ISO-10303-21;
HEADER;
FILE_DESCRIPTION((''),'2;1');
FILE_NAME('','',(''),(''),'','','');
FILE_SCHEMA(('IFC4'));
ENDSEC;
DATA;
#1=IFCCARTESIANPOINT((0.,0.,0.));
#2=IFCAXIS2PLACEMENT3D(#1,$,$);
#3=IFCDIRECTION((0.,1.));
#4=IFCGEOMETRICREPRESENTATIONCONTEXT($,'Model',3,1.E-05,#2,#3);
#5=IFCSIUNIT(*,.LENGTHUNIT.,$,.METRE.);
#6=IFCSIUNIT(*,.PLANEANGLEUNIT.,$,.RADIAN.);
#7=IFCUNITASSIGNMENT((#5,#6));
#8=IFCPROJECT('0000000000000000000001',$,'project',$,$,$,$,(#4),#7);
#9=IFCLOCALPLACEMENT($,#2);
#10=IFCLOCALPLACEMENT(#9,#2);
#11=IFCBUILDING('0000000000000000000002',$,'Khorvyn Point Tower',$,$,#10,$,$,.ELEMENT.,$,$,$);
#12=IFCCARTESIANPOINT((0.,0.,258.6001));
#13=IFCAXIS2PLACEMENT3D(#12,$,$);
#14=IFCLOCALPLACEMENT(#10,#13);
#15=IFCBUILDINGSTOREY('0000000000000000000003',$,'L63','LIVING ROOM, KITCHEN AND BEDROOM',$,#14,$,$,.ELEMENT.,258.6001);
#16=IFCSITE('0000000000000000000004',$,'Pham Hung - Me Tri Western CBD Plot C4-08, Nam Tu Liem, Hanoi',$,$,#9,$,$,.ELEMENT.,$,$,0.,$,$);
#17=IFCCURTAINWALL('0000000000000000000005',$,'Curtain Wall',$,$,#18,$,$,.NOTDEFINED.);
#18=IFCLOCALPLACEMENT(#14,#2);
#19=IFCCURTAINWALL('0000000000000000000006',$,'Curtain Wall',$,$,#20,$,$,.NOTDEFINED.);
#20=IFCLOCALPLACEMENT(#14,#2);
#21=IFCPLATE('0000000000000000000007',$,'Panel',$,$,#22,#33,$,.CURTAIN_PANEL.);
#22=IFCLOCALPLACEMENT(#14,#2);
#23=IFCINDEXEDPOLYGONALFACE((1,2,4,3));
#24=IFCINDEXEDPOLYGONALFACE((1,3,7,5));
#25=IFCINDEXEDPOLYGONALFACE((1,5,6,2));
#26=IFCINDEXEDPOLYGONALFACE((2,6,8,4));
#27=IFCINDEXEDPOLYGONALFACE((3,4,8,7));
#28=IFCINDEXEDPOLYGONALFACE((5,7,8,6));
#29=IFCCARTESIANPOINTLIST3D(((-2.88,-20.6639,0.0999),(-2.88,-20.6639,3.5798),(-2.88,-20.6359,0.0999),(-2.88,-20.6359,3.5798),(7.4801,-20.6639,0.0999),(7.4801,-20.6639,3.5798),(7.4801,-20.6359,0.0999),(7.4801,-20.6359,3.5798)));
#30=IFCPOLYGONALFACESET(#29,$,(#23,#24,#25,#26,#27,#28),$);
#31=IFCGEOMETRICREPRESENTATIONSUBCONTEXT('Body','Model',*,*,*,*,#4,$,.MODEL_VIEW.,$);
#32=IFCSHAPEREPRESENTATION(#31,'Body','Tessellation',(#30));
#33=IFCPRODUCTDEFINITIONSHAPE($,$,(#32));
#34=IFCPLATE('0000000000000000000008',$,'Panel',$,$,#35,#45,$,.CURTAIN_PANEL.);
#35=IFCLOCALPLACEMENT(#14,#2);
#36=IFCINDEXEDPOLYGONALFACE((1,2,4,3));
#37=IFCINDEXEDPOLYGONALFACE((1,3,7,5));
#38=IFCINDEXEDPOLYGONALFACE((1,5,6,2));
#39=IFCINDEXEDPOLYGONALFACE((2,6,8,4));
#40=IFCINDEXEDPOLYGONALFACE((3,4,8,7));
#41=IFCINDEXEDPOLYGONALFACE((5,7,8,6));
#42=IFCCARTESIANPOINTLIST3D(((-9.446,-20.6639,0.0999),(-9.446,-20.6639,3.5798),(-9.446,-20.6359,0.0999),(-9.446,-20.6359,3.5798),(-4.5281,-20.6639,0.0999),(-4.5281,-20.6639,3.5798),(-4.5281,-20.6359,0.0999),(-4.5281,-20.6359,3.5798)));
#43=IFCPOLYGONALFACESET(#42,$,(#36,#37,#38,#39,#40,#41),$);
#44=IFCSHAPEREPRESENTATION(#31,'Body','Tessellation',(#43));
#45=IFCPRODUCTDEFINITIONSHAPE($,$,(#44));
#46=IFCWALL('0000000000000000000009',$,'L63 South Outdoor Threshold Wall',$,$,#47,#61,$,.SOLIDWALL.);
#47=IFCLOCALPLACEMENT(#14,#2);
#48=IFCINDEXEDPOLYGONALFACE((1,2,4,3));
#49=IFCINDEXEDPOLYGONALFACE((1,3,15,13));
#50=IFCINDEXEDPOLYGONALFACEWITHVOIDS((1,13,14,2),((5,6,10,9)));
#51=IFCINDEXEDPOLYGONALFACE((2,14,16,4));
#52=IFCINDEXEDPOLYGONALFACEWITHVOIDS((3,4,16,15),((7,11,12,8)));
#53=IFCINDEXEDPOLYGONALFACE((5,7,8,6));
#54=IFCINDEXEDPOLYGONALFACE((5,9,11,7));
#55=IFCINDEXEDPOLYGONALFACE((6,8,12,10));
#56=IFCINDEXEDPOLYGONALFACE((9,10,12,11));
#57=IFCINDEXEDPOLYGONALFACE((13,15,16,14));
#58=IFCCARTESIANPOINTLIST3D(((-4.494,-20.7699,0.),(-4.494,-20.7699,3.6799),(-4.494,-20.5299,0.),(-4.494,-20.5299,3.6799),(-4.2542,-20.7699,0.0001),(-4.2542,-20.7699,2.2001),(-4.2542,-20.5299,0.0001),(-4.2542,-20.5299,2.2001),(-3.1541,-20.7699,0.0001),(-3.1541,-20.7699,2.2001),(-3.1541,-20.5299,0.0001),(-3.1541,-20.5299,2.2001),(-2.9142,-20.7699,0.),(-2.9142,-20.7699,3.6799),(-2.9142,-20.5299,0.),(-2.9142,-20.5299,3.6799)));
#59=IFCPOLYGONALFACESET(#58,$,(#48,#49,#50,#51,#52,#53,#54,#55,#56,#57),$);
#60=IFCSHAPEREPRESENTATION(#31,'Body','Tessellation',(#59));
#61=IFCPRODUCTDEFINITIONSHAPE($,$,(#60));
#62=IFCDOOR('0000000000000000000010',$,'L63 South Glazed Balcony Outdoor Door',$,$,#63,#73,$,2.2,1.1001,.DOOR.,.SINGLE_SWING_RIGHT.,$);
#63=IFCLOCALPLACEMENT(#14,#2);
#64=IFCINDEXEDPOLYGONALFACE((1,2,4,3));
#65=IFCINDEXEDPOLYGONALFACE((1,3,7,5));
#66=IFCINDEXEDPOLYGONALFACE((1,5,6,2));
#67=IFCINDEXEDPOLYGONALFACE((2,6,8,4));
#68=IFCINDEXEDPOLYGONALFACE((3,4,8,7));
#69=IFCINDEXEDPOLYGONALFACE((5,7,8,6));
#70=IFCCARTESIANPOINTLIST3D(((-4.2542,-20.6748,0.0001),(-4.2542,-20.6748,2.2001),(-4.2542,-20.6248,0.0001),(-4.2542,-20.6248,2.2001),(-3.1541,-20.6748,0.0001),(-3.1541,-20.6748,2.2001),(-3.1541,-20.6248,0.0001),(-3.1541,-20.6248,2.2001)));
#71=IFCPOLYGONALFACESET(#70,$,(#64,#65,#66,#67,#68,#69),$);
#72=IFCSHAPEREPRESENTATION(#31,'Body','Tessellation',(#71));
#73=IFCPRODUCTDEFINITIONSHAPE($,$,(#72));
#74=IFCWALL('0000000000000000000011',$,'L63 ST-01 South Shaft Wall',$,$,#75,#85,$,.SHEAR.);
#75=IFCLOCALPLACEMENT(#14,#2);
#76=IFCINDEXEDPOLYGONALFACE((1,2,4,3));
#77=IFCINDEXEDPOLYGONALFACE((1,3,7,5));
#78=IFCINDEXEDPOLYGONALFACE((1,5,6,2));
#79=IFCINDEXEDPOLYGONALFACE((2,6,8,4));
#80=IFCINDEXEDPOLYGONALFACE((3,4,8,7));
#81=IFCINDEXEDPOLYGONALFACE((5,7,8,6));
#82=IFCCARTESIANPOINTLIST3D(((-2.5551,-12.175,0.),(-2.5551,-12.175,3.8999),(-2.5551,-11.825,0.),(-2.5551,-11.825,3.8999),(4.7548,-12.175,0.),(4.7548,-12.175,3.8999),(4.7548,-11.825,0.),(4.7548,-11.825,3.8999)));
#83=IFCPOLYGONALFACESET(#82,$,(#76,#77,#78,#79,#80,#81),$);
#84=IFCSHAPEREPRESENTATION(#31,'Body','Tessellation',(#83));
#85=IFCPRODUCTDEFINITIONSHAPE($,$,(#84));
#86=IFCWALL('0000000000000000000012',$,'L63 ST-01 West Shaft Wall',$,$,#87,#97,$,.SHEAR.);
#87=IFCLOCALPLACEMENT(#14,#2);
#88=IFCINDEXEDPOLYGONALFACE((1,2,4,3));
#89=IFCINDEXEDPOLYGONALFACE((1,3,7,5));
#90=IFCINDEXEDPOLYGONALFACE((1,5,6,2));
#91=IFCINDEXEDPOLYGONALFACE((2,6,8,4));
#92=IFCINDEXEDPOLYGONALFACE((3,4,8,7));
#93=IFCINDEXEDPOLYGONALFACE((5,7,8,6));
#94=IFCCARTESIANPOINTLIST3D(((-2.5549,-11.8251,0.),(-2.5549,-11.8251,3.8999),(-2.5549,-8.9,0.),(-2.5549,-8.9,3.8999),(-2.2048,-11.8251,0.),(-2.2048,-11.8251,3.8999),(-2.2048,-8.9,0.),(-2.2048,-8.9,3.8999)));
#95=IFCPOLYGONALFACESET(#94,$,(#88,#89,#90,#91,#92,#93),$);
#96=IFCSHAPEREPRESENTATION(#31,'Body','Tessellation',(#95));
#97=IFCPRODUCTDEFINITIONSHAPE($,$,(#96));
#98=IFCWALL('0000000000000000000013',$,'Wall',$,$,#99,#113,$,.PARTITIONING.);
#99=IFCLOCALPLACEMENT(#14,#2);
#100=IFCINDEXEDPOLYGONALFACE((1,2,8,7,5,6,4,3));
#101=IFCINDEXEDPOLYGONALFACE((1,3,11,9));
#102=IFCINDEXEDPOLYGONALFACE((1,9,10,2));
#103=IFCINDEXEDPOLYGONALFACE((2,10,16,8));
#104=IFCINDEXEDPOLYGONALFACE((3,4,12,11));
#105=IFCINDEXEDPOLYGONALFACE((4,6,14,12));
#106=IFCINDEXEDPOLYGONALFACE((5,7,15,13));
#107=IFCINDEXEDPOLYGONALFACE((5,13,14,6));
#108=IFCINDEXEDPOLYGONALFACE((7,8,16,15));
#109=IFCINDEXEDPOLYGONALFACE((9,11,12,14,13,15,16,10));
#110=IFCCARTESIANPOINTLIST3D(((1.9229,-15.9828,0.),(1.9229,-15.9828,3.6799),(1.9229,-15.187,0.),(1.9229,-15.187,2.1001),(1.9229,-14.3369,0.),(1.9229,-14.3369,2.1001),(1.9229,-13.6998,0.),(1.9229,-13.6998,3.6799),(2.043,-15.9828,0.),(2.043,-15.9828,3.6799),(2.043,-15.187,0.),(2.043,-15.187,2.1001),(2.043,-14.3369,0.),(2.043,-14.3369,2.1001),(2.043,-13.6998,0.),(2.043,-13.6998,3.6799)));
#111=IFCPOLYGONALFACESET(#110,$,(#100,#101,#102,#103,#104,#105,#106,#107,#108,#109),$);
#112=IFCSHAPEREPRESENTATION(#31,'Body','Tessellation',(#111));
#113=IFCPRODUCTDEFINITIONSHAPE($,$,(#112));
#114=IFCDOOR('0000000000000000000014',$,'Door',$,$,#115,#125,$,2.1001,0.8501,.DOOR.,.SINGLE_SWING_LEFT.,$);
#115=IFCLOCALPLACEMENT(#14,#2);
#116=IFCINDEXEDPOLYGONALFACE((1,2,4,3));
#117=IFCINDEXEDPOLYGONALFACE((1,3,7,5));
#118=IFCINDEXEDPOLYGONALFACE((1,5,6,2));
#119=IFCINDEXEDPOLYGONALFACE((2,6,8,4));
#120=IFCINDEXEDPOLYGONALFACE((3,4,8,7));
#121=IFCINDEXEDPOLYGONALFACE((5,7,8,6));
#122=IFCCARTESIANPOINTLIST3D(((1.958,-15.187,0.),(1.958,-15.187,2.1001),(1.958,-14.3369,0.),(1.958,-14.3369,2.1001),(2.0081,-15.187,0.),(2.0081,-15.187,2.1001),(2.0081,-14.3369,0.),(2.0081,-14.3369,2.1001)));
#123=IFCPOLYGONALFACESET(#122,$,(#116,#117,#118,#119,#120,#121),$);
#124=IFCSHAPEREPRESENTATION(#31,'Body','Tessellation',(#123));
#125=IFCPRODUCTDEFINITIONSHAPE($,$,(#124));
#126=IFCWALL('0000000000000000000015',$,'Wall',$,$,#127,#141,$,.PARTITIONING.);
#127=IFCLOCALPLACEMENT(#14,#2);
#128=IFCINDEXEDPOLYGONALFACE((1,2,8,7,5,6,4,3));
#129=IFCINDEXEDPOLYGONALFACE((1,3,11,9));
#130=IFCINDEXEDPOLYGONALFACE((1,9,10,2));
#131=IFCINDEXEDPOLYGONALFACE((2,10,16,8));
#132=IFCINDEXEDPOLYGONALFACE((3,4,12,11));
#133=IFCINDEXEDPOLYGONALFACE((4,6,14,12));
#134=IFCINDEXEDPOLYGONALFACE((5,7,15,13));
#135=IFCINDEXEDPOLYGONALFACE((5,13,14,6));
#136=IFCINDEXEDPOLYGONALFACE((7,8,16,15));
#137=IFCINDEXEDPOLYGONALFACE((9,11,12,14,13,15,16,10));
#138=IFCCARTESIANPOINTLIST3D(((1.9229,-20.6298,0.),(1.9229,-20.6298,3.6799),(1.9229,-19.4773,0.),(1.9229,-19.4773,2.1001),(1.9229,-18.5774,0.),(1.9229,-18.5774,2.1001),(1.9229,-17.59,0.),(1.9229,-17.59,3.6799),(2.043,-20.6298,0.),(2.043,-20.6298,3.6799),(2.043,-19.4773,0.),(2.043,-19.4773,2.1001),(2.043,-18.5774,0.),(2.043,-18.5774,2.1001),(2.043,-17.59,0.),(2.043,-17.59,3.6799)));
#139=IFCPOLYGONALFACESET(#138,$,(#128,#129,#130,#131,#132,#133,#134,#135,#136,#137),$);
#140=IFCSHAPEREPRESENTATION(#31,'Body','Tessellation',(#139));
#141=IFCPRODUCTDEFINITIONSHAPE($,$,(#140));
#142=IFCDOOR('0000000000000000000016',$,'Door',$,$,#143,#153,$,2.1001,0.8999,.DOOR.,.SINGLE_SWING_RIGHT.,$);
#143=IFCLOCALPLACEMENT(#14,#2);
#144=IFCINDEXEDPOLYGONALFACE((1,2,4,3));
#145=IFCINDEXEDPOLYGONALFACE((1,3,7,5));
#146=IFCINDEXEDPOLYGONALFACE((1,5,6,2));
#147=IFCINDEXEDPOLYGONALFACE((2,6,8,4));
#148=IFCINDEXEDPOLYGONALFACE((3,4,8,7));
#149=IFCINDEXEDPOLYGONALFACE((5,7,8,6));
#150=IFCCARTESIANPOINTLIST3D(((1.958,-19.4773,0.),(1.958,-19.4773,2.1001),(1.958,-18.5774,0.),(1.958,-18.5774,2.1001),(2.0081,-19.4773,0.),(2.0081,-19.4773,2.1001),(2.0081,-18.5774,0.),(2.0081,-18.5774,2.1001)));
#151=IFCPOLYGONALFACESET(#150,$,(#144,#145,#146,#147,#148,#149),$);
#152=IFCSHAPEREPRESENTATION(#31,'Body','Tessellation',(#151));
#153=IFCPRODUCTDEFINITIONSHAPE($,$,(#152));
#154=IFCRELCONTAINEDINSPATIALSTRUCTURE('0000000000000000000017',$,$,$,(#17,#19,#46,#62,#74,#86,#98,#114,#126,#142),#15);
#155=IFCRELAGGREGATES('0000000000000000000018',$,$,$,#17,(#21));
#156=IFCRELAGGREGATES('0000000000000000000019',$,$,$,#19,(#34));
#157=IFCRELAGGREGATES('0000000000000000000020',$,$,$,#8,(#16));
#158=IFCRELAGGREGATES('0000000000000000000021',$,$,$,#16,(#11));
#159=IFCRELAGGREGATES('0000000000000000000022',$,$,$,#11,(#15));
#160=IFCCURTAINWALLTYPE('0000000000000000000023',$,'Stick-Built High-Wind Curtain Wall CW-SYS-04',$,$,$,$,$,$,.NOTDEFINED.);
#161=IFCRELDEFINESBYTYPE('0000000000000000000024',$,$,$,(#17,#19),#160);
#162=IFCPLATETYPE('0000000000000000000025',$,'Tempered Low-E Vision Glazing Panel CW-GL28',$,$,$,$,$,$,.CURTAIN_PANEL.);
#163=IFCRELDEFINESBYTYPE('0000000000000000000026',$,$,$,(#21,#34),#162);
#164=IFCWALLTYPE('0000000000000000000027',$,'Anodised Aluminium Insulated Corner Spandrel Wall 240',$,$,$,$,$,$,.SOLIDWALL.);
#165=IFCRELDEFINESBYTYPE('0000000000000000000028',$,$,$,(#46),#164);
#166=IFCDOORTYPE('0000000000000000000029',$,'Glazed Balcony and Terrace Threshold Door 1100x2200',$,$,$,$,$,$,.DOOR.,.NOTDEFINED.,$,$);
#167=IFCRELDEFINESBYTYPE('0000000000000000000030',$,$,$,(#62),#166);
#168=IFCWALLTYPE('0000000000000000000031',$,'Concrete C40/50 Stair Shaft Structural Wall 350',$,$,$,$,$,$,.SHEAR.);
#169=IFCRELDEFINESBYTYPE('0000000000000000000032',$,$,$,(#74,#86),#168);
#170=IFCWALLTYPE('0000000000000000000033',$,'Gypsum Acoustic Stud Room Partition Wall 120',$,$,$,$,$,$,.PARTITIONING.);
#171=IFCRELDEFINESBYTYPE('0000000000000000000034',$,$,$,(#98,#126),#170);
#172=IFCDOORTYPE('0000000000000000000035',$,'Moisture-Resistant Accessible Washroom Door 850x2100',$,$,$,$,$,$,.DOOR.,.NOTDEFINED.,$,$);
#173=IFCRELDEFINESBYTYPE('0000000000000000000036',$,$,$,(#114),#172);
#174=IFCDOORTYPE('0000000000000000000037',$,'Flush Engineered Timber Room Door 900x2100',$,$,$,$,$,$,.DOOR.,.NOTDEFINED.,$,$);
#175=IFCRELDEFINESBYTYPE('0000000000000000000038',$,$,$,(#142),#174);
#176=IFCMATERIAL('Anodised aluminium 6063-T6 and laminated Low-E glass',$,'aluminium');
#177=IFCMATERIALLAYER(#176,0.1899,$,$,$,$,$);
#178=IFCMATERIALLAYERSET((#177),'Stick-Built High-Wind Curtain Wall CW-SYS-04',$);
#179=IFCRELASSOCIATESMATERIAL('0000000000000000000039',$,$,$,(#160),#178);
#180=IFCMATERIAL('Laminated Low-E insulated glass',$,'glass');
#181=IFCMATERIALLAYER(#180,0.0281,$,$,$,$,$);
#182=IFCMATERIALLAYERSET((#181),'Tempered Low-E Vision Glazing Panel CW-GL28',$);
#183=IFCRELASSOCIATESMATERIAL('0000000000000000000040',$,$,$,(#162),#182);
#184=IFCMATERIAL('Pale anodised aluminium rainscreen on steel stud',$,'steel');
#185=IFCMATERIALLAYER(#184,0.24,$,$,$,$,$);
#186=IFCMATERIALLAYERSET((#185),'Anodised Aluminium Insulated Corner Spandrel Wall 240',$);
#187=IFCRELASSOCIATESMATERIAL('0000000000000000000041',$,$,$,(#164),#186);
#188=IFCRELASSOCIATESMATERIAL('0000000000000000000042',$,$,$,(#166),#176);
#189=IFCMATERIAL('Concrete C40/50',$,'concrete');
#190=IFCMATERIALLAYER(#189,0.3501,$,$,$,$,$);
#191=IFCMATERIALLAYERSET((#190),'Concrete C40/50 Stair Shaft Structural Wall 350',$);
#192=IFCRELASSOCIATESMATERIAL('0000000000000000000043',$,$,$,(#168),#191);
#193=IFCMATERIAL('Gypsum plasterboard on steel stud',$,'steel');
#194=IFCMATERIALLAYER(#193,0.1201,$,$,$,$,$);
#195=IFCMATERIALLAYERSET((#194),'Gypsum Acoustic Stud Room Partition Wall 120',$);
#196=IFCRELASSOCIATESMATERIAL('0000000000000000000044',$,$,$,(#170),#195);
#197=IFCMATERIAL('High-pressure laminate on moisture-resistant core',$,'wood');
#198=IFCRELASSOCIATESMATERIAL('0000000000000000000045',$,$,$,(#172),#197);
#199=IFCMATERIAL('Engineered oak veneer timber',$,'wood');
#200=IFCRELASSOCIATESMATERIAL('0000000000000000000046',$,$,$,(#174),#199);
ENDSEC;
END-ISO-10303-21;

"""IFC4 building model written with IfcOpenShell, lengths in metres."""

from ifc_helpers import new_model, si_unit, direction, frame, frame_2d, origin, origin_2d, place, context, subcontext, project, spatial, rectangle, extrude, material, layer, layer_set, type_object, element, fill, aggregate, save


model = new_model("IFC4")

# Units and contexts
model_context = context("Model", 3, precision=1e-05, world=origin(), true_north=direction((0.0, 1.0)))
body_context = subcontext(model_context, "Body", "Model", "MODEL_VIEW")
ifc_project = project(units=[si_unit("LENGTHUNIT", "METRE"), si_unit("PLANEANGLEUNIT", "RADIAN")], contexts=[model_context])

# Site, building, storey
site_placement = place(None, origin())
site = spatial("IfcSite", under=ifc_project, at=site_placement, Name="Pham Hung - Me Tri Western CBD Plot C4-08, Nam Tu Liem, Hanoi", CompositionType="ELEMENT", RefElevation=0.0)
building_placement = place(site_placement, origin())
building = spatial("IfcBuilding", under=site, at=building_placement, Name="Khorvyn Point Tower", CompositionType="ELEMENT")
storey_placement = place(building_placement, frame((0.0, 0.0, 258.6001)))
storey = spatial("IfcBuildingStorey", under=building, at=storey_placement, Name="L63", Description="LIVING ROOM, KITCHEN AND BEDROOM", CompositionType="ELEMENT", Elevation=258.6001)

# Shared definitions
ifc_material_1 = material(Name="Concrete C40/50", Category="concrete")

# Curtain wall
ifc_material_2 = material(Name="Anodised aluminium 6063-T6 and laminated Low-E glass", Category="aluminium")
ifc_layer_1 = layer(ifc_material_2, 0.1899)
ifc_layer_set_1 = layer_set([ifc_layer_1], Name="Stick-Built High-Wind Curtain Wall CW-SYS-04")
curtain_wall_type = type_object("IfcCurtainWallType", Name="Stick-Built High-Wind Curtain Wall CW-SYS-04", PredefinedType="NOTDEFINED", material=ifc_layer_set_1)
curtain_wall_1_placement = place(storey_placement, origin())
curtain_wall_1 = element("IfcCurtainWall", 1, at=curtain_wall_1_placement, inside=storey, type_object=curtain_wall_type, Name="Curtain Wall", PredefinedType="NOTDEFINED")

# Curtain wall
curtain_wall_2_placement = place(storey_placement, origin())
curtain_wall_2 = element("IfcCurtainWall", 2, at=curtain_wall_2_placement, inside=storey, type_object=curtain_wall_type, Name="Curtain Wall", PredefinedType="NOTDEFINED")

# Plates
ifc_material_3 = material(Name="Laminated Low-E insulated glass", Category="glass")
ifc_layer_2 = layer(ifc_material_3, 0.0281)
ifc_layer_set_2 = layer_set([ifc_layer_2], Name="Tempered Low-E Vision Glazing Panel CW-GL28")
plate_type = type_object("IfcPlateType", Name="Tempered Low-E Vision Glazing Panel CW-GL28", PredefinedType="CURTAIN_PANEL", material=ifc_layer_set_2)
plate_1_placement = place(storey_placement, frame((2.3, -20.6499, 0.0999), z_axis=(0.0, 0.0, 1.0), x_axis=(-1.0, 0.0, 0.0)))
plate_1 = element("IfcPlate", 3, at=plate_1_placement, type_object=plate_type, Name="Panel", PredefinedType="CURTAIN_PANEL", context=body_context, shape_type="SweptSolid", body=[
    extrude(rectangle(XDim=10.3601, YDim=0.0281, at=origin_2d()), origin(), (0.0, 0.0, 1.0), 3.48),
])
aggregate(curtain_wall_1, [plate_1])
plate_2_placement = place(storey_placement, frame((-6.9871, -20.6499, 0.0999), z_axis=(0.0, 0.0, 1.0), x_axis=(-1.0, 0.0, 0.0)))
plate_2 = element("IfcPlate", 4, at=plate_2_placement, type_object=plate_type, Name="Panel", PredefinedType="CURTAIN_PANEL", context=body_context, shape_type="SweptSolid", body=[
    extrude(rectangle(XDim=4.918, YDim=0.0281, at=origin_2d()), origin(), (0.0, 0.0, 1.0), 3.48),
])
aggregate(curtain_wall_2, [plate_2])

# Wall, opening, door
ifc_material_4 = material(Name="Pale anodised aluminium rainscreen on steel stud", Category="steel")
ifc_layer_3 = layer(ifc_material_4, 0.24)
ifc_layer_set_3 = layer_set([ifc_layer_3], Name="Anodised Aluminium Insulated Corner Spandrel Wall 240")
wall_type_1 = type_object("IfcWallType", Name="Anodised Aluminium Insulated Corner Spandrel Wall 240", PredefinedType="SOLIDWALL", material=ifc_layer_set_3)
wall_1_placement = place(storey_placement, frame((-2.9141, -20.6499, 0.0), z_axis=(0.0, 0.0, 1.0), x_axis=(-1.0, 0.0, 0.0)))
wall_1 = element("IfcWall", 5, at=wall_1_placement, inside=storey, type_object=wall_type_1, Name="L63 South Outdoor Threshold Wall", PredefinedType="SOLIDWALL", context=body_context, shape_type="SweptSolid", body=[
    extrude(rectangle(XDim=1.5798, YDim=0.24, at=frame_2d((0.79, 0.0))), origin(), (0.0, 0.0, 1.0), 3.6799),
])
opening_1_placement = place(wall_1_placement, frame((0.24, 0.0, 0.0)))
opening_1 = element("IfcOpeningElement", 6, at=opening_1_placement, cuts=wall_1, PredefinedType="OPENING", context=body_context, shape_type="SweptSolid", body=[
    extrude(rectangle(XDim=1.1001, YDim=2.2, at=frame_2d((0.55, 1.1001))), frame((0.0, 0.1299, 0.0), z_axis=(0.0, -1.0, 0.0), x_axis=(1.0, 0.0, 0.0)), (0.0, 0.0, 1.0), 0.26),
])
door_type_1 = type_object("IfcDoorType", Name="Glazed Balcony and Terrace Threshold Door 1100x2200", OperationType="NOTDEFINED", PredefinedType="DOOR", material=ifc_material_2)
door_1_placement = place(opening_1_placement, origin())
door_1 = element("IfcDoor", 7, at=door_1_placement, inside=storey, type_object=door_type_1, Name="L63 South Glazed Balcony Outdoor Door", OperationType="SINGLE_SWING_RIGHT", OverallHeight=2.2, OverallWidth=1.1001, PredefinedType="DOOR", context=body_context, shape_type="SweptSolid", body=[
    extrude(rectangle(XDim=1.1001, YDim=2.2, at=frame_2d((0.55, 1.1001))), frame((0.0, 0.0249, 0.0), z_axis=(0.0, -1.0, 0.0), x_axis=(1.0, 0.0, 0.0)), (0.0, 0.0, 1.0), 0.05),
])
fill(opening_1, door_1)

# Walls
ifc_layer_4 = layer(ifc_material_1, 0.3501)
ifc_layer_set_4 = layer_set([ifc_layer_4], Name="Concrete C40/50 Stair Shaft Structural Wall 350")
wall_type_2 = type_object("IfcWallType", Name="Concrete C40/50 Stair Shaft Structural Wall 350", PredefinedType="SHEAR", material=ifc_layer_set_4)
wall_2_placement = place(storey_placement, frame((-2.5549, -12.0, 0.0), z_axis=(0.0, 0.0, 1.0), x_axis=(1.0, 0.0, 0.0)))
element("IfcWall", 8, at=wall_2_placement, inside=storey, type_object=wall_type_2, Name="L63 ST-01 South Shaft Wall", PredefinedType="SHEAR", context=body_context, shape_type="SweptSolid", body=[
    extrude(rectangle(XDim=7.3098, YDim=0.3501, at=frame_2d((3.6548, 0.0))), origin(), (0.0, 0.0, 1.0), 3.8999),
])
wall_3_placement = place(storey_placement, frame((-2.3799, -11.825, 0.0), z_axis=(0.0, 0.0, 1.0), x_axis=(0.0, 1.0, 0.0)))
element("IfcWall", 9, at=wall_3_placement, inside=storey, type_object=wall_type_2, Name="L63 ST-01 West Shaft Wall", PredefinedType="SHEAR", context=body_context, shape_type="SweptSolid", body=[
    extrude(rectangle(XDim=2.925, YDim=0.3501, at=frame_2d((1.4624, 0.0))), origin(), (0.0, 0.0, 1.0), 3.8999),
])

# Walls, openings, doors
ifc_material_5 = material(Name="Gypsum plasterboard on steel stud", Category="steel")
ifc_layer_5 = layer(ifc_material_5, 0.1201)
ifc_layer_set_5 = layer_set([ifc_layer_5], Name="Gypsum Acoustic Stud Room Partition Wall 120")
wall_type_3 = type_object("IfcWallType", Name="Gypsum Acoustic Stud Room Partition Wall 120", PredefinedType="PARTITIONING", material=ifc_layer_set_5)
wall_4_placement = place(storey_placement, frame((1.9829, -15.9829, 0.0), z_axis=(0.0, 0.0, 1.0), x_axis=(0.0, 1.0, 0.0)))
wall_4 = element("IfcWall", 10, at=wall_4_placement, inside=storey, type_object=wall_type_3, Name="Wall", PredefinedType="PARTITIONING", context=body_context, shape_type="SweptSolid", body=[
    extrude(rectangle(XDim=2.283, YDim=0.1201, at=frame_2d((1.1416, 0.0))), origin(), (0.0, 0.0, 1.0), 3.6799),
])
opening_2_placement = place(wall_4_placement, frame((0.7959, 0.0, 0.0)))
opening_2 = element("IfcOpeningElement", 11, at=opening_2_placement, cuts=wall_4, PredefinedType="OPENING", context=body_context, shape_type="SweptSolid", body=[
    extrude(rectangle(XDim=0.8501, YDim=2.1001, at=frame_2d((0.425, 1.05))), frame((0.0, 0.0701, 0.0), z_axis=(0.0, -1.0, 0.0), x_axis=(1.0, 0.0, 0.0)), (0.0, 0.0, 1.0), 0.1401),
])
ifc_material_6 = material(Name="High-pressure laminate on moisture-resistant core", Category="wood")
door_type_2 = type_object("IfcDoorType", Name="Moisture-Resistant Accessible Washroom Door 850x2100", OperationType="NOTDEFINED", PredefinedType="DOOR", material=ifc_material_6)
door_2_placement = place(opening_2_placement, origin())
door_2 = element("IfcDoor", 12, at=door_2_placement, inside=storey, type_object=door_type_2, Name="Door", OperationType="SINGLE_SWING_LEFT", OverallHeight=2.1001, OverallWidth=0.8501, PredefinedType="DOOR", context=body_context, shape_type="SweptSolid", body=[
    extrude(rectangle(XDim=0.8501, YDim=2.1001, at=frame_2d((0.425, 1.05))), frame((0.0, 0.0249, 0.0), z_axis=(0.0, -1.0, 0.0), x_axis=(1.0, 0.0, 0.0)), (0.0, 0.0, 1.0), 0.05),
])
fill(opening_2, door_2)
wall_5_placement = place(storey_placement, frame((1.9829, -20.6299, 0.0), z_axis=(0.0, 0.0, 1.0), x_axis=(0.0, 1.0, 0.0)))
wall_5 = element("IfcWall", 13, at=wall_5_placement, inside=storey, type_object=wall_type_3, Name="Wall", PredefinedType="PARTITIONING", context=body_context, shape_type="SweptSolid", body=[
    extrude(rectangle(XDim=3.0398, YDim=0.1201, at=frame_2d((1.52, 0.0))), origin(), (0.0, 0.0, 1.0), 3.6799),
])
opening_3_placement = place(wall_5_placement, frame((1.1526, 0.0, 0.0)))
opening_3 = element("IfcOpeningElement", 14, at=opening_3_placement, cuts=wall_5, PredefinedType="OPENING", context=body_context, shape_type="SweptSolid", body=[
    extrude(rectangle(XDim=0.8999, YDim=2.1001, at=frame_2d((0.45, 1.05))), frame((0.0, 0.0701, 0.0), z_axis=(0.0, -1.0, 0.0), x_axis=(1.0, 0.0, 0.0)), (0.0, 0.0, 1.0), 0.1401),
])
ifc_material_7 = material(Name="Engineered oak veneer timber", Category="wood")
door_type_3 = type_object("IfcDoorType", Name="Flush Engineered Timber Room Door 900x2100", OperationType="NOTDEFINED", PredefinedType="DOOR", material=ifc_material_7)
door_3_placement = place(opening_3_placement, origin())
door_3 = element("IfcDoor", 15, at=door_3_placement, inside=storey, type_object=door_type_3, Name="Door", OperationType="SINGLE_SWING_RIGHT", OverallHeight=2.1001, OverallWidth=0.8999, PredefinedType="DOOR", context=body_context, shape_type="SweptSolid", body=[
    extrude(rectangle(XDim=0.8999, YDim=2.1001, at=frame_2d((0.45, 1.05))), frame((0.0, 0.0249, 0.0), z_axis=(0.0, -1.0, 0.0), x_axis=(1.0, 0.0, 0.0)), (0.0, 0.0, 1.0), 0.05),
])
fill(opening_3, door_3)

save(model, "model.ifc")
